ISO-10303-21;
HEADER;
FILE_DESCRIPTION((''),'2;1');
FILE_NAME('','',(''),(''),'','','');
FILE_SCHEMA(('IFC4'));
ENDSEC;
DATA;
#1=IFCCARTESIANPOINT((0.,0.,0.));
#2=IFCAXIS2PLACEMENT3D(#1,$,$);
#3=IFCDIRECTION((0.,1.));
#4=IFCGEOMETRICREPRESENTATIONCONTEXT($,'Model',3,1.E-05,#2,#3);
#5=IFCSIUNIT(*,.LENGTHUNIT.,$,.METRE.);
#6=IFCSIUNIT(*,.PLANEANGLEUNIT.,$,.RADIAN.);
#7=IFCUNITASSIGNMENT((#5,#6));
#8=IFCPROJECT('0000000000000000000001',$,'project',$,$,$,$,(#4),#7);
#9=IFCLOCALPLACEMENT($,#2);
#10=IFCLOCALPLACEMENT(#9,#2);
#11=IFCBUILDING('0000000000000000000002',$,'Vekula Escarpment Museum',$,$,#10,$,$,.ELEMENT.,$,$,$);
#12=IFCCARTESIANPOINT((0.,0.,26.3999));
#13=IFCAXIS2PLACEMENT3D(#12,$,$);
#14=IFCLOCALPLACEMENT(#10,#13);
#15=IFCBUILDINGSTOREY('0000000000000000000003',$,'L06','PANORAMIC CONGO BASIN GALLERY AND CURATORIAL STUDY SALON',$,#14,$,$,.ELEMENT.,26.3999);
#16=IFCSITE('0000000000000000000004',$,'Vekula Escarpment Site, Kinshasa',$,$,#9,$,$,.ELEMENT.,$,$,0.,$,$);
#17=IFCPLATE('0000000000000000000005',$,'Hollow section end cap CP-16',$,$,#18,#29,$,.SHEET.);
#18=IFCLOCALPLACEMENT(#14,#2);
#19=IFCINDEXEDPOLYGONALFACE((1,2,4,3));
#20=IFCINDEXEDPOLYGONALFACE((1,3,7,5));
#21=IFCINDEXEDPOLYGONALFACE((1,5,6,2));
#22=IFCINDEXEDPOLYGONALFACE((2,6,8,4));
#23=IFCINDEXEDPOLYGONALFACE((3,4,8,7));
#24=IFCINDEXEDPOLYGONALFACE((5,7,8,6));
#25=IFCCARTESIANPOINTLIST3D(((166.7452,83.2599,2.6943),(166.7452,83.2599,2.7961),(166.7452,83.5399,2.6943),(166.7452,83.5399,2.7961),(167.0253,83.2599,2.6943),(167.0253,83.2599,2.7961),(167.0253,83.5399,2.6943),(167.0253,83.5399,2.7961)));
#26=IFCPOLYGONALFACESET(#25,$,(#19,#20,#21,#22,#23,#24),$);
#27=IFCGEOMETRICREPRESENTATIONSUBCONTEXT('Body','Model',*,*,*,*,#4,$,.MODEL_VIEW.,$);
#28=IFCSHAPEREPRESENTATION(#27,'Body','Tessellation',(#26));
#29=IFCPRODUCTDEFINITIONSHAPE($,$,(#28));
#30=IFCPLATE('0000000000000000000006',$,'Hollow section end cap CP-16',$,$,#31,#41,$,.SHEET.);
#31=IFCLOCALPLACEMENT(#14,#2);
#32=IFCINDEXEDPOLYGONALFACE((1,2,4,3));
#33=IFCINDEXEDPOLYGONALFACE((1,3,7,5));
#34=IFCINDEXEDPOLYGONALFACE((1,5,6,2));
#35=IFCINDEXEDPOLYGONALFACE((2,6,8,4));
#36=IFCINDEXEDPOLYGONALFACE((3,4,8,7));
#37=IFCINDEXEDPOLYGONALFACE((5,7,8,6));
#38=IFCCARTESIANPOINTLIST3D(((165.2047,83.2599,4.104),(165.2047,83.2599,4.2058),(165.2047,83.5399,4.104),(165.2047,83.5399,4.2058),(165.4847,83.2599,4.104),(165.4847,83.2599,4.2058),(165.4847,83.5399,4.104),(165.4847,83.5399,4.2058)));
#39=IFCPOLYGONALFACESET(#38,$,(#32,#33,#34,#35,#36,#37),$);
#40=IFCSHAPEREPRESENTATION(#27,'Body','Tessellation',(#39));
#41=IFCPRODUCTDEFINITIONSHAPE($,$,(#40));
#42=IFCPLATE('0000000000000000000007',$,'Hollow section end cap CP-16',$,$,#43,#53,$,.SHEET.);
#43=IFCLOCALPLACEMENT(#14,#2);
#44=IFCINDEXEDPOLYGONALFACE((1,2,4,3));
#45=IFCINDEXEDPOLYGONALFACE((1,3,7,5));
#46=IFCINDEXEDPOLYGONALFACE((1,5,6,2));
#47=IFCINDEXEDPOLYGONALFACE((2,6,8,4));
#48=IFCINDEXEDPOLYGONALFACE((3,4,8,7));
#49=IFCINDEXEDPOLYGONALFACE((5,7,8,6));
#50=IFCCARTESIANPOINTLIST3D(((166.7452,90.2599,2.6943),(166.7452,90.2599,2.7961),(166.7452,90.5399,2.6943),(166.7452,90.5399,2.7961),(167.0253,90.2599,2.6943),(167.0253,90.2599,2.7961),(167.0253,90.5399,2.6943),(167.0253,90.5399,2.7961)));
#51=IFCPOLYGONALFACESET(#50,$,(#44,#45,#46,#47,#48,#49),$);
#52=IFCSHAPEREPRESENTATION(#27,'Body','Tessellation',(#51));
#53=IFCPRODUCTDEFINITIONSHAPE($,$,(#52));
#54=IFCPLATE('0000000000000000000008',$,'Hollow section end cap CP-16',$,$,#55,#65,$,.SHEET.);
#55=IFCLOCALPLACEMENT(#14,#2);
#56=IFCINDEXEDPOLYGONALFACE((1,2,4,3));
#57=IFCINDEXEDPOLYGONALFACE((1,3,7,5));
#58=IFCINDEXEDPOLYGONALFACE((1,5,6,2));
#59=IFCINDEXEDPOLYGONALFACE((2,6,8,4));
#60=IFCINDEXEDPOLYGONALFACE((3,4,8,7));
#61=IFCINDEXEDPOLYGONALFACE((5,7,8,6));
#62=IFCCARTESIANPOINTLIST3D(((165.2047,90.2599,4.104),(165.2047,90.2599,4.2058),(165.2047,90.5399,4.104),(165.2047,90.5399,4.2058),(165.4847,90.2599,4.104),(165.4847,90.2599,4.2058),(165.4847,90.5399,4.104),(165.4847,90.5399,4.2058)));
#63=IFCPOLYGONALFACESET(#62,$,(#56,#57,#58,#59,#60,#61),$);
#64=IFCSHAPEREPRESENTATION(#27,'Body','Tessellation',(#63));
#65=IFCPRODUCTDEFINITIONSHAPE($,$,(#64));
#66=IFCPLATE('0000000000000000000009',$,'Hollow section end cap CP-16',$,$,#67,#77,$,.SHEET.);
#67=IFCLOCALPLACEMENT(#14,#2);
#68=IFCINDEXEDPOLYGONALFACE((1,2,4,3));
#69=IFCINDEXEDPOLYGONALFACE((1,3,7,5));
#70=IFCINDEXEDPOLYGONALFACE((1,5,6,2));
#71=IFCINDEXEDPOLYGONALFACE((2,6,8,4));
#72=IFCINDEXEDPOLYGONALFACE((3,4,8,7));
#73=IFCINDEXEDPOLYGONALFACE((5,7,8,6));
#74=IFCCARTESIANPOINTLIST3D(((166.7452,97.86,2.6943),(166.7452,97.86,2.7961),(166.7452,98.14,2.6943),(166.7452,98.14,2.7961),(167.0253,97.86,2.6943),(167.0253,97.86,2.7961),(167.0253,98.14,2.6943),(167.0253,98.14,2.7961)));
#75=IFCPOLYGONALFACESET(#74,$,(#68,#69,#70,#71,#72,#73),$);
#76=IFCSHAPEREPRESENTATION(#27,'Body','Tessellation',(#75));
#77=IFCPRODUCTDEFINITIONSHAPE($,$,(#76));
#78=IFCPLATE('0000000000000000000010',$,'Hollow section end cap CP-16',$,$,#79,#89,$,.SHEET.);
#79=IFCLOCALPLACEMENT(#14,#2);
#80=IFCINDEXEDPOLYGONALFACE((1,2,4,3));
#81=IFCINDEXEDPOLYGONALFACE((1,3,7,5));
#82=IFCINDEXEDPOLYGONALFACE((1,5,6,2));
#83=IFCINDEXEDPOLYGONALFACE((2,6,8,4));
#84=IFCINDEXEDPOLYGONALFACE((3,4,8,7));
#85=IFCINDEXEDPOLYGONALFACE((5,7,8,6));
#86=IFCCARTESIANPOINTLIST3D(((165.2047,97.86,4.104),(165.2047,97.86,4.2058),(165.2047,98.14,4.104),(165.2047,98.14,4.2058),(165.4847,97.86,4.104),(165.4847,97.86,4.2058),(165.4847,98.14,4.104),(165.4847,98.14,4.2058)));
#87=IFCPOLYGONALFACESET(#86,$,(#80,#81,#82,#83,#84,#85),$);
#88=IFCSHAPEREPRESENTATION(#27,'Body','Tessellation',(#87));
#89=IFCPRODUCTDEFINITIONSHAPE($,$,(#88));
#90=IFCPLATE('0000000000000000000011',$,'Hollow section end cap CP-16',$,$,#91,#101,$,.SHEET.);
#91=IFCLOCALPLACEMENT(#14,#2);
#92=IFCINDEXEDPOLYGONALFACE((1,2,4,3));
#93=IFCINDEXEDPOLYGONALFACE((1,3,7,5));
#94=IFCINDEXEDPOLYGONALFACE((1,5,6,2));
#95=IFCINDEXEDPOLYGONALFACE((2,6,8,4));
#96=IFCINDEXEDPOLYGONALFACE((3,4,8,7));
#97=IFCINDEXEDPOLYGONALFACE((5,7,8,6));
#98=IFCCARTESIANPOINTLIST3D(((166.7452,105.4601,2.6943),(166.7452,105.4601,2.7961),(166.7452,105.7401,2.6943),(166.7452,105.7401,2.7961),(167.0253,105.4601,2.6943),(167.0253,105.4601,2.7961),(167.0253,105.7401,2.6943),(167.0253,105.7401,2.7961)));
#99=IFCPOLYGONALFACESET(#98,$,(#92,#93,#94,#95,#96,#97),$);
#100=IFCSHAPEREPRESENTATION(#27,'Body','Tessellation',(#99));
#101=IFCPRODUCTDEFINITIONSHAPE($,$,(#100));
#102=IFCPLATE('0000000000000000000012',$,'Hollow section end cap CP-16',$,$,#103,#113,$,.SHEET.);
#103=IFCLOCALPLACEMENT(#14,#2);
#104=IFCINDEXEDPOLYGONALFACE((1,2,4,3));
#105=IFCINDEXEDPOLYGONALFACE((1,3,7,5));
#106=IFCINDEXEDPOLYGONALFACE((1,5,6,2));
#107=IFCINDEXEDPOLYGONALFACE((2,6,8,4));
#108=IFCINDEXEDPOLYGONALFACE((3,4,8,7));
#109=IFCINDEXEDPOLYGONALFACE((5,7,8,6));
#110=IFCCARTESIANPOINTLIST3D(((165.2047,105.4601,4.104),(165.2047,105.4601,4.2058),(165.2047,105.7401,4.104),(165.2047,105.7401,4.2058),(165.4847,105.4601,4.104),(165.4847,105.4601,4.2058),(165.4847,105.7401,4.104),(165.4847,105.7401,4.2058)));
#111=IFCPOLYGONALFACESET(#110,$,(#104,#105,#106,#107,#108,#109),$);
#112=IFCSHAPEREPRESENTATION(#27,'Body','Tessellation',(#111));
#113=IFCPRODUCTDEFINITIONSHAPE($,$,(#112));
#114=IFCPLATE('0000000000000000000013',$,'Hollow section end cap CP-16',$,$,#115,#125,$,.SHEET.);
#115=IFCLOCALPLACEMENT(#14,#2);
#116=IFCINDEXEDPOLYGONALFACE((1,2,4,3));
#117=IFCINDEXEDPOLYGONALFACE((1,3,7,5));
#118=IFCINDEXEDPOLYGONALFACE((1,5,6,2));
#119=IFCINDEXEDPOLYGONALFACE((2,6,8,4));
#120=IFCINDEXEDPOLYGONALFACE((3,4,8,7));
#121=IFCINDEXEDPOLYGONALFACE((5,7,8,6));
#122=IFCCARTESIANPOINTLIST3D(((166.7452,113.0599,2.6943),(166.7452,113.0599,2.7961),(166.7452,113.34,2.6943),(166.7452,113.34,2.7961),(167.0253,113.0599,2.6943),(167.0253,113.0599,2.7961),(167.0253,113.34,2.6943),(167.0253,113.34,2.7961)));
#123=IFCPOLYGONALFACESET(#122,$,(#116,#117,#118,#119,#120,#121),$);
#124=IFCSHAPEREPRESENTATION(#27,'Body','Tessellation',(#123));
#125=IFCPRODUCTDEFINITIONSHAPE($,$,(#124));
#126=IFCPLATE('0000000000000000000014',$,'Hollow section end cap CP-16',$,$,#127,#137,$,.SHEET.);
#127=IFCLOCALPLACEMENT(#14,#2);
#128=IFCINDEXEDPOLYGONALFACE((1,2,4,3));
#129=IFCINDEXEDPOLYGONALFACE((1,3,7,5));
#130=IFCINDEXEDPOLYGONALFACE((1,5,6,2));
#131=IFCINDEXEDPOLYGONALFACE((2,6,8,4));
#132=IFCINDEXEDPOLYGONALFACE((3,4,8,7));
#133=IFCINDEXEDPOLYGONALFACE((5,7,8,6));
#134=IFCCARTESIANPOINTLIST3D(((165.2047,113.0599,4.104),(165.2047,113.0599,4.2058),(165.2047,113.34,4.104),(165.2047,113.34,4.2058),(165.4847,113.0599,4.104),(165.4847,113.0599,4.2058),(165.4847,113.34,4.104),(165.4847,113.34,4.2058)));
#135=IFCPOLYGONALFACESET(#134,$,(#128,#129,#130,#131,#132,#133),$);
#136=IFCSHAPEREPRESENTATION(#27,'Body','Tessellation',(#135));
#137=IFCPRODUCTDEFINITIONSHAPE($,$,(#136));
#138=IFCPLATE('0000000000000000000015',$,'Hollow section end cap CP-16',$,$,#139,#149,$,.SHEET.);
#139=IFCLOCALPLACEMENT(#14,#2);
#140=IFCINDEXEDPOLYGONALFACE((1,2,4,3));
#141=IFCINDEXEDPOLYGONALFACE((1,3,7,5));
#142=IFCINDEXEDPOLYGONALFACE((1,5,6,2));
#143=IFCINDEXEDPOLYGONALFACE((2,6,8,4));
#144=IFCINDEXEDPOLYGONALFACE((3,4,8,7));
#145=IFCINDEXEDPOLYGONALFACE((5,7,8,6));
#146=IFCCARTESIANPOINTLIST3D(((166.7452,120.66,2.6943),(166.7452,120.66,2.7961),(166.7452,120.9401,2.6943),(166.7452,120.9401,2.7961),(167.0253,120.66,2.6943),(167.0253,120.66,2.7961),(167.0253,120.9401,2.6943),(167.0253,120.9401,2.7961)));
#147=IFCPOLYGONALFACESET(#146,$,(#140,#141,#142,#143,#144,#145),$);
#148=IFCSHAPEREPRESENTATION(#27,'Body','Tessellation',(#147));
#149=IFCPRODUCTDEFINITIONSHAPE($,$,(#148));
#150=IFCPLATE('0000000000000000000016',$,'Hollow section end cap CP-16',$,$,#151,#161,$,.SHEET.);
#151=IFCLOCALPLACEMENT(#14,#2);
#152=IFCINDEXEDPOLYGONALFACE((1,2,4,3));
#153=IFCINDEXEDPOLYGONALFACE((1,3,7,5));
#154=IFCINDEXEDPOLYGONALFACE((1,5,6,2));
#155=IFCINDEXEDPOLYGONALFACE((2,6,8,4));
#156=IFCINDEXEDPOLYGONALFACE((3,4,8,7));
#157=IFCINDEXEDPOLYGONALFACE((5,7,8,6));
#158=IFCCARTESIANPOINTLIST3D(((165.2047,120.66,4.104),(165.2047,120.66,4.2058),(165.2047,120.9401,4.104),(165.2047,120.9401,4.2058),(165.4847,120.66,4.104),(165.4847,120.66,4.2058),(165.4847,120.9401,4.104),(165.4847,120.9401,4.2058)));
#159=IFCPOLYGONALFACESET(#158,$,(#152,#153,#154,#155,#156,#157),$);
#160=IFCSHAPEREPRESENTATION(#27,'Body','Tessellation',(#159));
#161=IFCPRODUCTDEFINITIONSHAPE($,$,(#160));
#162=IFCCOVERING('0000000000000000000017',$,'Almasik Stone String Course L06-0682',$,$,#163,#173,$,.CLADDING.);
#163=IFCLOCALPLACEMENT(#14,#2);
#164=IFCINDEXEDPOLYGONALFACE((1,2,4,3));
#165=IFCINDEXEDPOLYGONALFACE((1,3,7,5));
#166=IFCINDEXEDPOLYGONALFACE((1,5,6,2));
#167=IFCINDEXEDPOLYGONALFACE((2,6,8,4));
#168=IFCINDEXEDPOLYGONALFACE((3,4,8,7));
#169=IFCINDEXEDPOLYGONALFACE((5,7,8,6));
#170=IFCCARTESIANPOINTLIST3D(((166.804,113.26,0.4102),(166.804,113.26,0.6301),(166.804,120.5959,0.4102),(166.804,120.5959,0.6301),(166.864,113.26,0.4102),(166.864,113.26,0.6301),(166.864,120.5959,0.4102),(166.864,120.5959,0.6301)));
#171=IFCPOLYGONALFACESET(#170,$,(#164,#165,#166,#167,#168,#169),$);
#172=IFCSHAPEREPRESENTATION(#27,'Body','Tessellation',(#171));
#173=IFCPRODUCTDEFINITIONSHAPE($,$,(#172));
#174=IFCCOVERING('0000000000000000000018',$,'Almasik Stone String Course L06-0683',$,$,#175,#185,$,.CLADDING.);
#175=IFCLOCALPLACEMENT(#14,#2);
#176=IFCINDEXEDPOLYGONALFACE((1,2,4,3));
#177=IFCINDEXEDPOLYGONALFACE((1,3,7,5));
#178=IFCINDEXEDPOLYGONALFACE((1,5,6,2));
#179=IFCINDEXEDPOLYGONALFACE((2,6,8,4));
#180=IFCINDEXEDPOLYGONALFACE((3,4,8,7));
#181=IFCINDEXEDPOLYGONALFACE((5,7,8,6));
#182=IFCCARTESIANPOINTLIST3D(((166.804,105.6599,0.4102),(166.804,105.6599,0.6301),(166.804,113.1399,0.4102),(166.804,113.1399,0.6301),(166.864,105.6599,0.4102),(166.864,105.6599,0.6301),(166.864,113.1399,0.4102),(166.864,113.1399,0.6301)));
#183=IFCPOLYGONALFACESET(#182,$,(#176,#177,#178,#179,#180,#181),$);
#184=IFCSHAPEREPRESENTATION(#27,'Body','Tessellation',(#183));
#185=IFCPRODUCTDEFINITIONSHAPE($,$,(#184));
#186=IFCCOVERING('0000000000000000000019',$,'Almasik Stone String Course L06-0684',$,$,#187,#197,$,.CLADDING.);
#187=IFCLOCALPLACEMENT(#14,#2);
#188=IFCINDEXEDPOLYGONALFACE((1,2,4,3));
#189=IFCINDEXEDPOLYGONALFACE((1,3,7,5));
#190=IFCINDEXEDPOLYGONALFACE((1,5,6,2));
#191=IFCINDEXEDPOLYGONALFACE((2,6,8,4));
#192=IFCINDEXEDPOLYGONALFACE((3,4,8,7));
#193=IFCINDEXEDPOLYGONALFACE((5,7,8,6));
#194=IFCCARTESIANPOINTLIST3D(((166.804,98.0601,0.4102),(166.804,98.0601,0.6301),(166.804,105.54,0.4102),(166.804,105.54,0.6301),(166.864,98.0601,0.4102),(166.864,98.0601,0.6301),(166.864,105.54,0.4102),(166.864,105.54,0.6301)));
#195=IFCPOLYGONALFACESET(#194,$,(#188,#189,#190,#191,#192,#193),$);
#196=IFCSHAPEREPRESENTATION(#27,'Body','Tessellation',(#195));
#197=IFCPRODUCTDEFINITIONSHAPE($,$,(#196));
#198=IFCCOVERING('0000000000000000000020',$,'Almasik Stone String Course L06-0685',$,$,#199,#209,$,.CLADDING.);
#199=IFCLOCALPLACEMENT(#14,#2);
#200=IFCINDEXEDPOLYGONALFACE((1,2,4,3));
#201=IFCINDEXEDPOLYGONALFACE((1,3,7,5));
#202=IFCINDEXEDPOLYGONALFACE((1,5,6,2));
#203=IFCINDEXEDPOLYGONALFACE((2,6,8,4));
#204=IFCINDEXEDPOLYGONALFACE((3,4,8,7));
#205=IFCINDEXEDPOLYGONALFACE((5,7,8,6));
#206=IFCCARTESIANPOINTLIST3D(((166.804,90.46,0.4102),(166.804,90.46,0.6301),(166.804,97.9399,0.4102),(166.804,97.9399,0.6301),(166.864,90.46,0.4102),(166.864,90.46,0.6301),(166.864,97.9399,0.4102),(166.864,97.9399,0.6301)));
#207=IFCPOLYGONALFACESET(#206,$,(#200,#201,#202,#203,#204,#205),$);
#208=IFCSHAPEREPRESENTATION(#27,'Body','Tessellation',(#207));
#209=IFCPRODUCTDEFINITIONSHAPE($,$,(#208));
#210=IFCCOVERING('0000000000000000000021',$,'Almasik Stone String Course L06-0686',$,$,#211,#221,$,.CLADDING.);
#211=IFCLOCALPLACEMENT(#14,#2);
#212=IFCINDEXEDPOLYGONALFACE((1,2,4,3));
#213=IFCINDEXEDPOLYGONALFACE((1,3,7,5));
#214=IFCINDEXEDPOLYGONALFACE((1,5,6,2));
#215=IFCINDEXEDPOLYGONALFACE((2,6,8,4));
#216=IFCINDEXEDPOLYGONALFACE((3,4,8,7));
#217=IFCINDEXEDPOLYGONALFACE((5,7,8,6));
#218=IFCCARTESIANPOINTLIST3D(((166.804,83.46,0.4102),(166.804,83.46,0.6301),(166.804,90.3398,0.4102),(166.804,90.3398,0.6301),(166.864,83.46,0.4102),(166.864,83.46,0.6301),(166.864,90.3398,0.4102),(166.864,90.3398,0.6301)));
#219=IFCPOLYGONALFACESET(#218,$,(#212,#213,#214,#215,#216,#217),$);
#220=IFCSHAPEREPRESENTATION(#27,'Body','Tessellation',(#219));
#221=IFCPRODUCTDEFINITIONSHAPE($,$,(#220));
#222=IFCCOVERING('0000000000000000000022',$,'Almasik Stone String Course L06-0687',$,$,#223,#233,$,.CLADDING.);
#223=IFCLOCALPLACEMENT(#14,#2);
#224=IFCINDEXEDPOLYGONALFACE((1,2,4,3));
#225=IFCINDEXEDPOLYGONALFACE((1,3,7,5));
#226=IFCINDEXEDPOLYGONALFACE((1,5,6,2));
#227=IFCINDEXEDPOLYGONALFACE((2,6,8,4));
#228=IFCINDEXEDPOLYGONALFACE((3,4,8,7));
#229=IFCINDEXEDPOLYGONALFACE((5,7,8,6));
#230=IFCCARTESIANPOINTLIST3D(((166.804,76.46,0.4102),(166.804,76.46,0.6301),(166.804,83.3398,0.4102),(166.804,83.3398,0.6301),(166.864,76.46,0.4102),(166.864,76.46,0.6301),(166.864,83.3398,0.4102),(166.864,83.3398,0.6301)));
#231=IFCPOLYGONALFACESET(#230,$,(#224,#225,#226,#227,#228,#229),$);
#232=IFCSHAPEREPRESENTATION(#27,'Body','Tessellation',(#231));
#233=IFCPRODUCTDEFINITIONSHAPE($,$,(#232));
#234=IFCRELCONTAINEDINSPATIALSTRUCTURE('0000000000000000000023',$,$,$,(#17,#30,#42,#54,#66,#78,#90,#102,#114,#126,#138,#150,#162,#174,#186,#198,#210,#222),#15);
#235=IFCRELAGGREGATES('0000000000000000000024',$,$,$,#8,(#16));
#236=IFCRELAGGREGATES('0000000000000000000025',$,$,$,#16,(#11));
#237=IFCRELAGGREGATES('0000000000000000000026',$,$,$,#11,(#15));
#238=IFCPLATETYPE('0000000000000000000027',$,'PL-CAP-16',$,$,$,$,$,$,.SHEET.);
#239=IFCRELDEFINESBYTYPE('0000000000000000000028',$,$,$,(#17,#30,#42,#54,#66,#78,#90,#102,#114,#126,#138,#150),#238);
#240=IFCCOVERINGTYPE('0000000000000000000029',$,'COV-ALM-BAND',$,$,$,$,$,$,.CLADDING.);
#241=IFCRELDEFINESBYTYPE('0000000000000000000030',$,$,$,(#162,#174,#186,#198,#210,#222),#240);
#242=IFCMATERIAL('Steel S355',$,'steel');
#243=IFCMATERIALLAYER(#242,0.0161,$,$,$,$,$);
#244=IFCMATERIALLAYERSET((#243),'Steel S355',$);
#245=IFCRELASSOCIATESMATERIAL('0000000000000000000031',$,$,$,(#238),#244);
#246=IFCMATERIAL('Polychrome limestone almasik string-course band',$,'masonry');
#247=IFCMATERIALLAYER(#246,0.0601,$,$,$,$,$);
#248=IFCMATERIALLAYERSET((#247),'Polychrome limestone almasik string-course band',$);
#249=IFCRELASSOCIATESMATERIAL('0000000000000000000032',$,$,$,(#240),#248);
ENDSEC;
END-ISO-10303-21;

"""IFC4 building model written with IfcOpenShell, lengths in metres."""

from ifc_helpers import new_model, si_unit, direction, frame, origin, origin_2d, place, context, subcontext, project, spatial, rectangle, extrude, material, layer, layer_set, type_object, element, save


model = new_model("IFC4")

# Units and contexts
model_context = context("Model", 3, precision=1e-05, world=origin(), true_north=direction((0.0, 1.0)))
body_context = subcontext(model_context, "Body", "Model", "MODEL_VIEW")
ifc_project = project(units=[si_unit("LENGTHUNIT", "METRE"), si_unit("PLANEANGLEUNIT", "RADIAN")], contexts=[model_context])

# Site, building, storey
site_placement = place(None, origin())
site = spatial("IfcSite", under=ifc_project, at=site_placement, Name="Vekula Escarpment Site, Kinshasa", CompositionType="ELEMENT", RefElevation=0.0)
building_placement = place(site_placement, origin())
building = spatial("IfcBuilding", under=site, at=building_placement, Name="Vekula Escarpment Museum", CompositionType="ELEMENT")
storey_placement = place(building_placement, frame((0.0, 0.0, 26.3999)))
storey = spatial("IfcBuildingStorey", under=building, at=storey_placement, Name="L06", Description="PANORAMIC CONGO BASIN GALLERY AND CURATORIAL STUDY SALON", CompositionType="ELEMENT", Elevation=26.3999)

# Plates
ifc_material_1 = material(Name="Steel S355", Category="steel")
ifc_layer_1 = layer(ifc_material_1, 0.0161)
ifc_layer_set_1 = layer_set([ifc_layer_1], Name="Steel S355")
plate_type = type_object("IfcPlateType", Name="PL-CAP-16", PredefinedType="SHEET", material=ifc_layer_set_1)
for number, where, z_axis, x_axis, name in (
    (1, (166.8853, 83.3999, 2.6943), (0.0, 0.0, 1.0), (1.0, 0.0, 0.0), "Hollow section end cap CP-16"),
    (2, (165.3447, 83.3999, 4.104), (0.0, 0.0, 1.0), (1.0, 0.0, 0.0), "Hollow section end cap CP-16"),
    (3, (166.8853, 90.3999, 2.6943), (0.0, 0.0, 1.0), (1.0, 0.0, 0.0), "Hollow section end cap CP-16"),
    (4, (165.3447, 90.3999, 4.104), (0.0, 0.0, 1.0), (1.0, 0.0, 0.0), "Hollow section end cap CP-16"),
    (5, (166.8853, 98.0, 2.6943), (0.0, 0.0, 1.0), (1.0, 0.0, 0.0), "Hollow section end cap CP-16"),
    (6, (165.3447, 98.0, 4.104), (0.0, 0.0, 1.0), (1.0, 0.0, 0.0), "Hollow section end cap CP-16"),
    (7, (166.8853, 105.6001, 2.6943), (0.0, 0.0, 1.0), (1.0, 0.0, 0.0), "Hollow section end cap CP-16"),
    (8, (165.3447, 105.6001, 4.104), (0.0, 0.0, 1.0), (1.0, 0.0, 0.0), "Hollow section end cap CP-16"),
    (9, (166.8853, 113.2, 2.6943), (0.0, 0.0, 1.0), (1.0, 0.0, 0.0), "Hollow section end cap CP-16"),
    (10, (165.3447, 113.2, 4.104), (0.0, 0.0, 1.0), (1.0, 0.0, 0.0), "Hollow section end cap CP-16"),
    (11, (166.8853, 120.8, 2.6943), (0.0, 0.0, 1.0), (1.0, 0.0, 0.0), "Hollow section end cap CP-16"),
    (12, (165.3447, 120.8, 4.104), (0.0, 0.0, 1.0), (1.0, 0.0, 0.0), "Hollow section end cap CP-16"),
):
    element("IfcPlate", number, at=place(storey_placement, frame(where, z_axis=z_axis, x_axis=x_axis)), inside=storey, type_object=plate_type, Name=name, PredefinedType="SHEET", context=body_context, shape_type="SweptSolid", body=[
        extrude(rectangle(XDim=0.28, YDim=0.28, at=origin_2d()), origin(), (0.0, 0.0, 1.0), 0.1018),
    ])

# Coverings
ifc_material_2 = material(Name="Polychrome limestone almasik string-course band", Category="masonry")
ifc_layer_2 = layer(ifc_material_2, 0.0601)
ifc_layer_set_2 = layer_set([ifc_layer_2], Name="Polychrome limestone almasik string-course band")
covering_type = type_object("IfcCoveringType", Name="COV-ALM-BAND", PredefinedType="CLADDING", material=ifc_layer_set_2)
covering_placement = place(storey_placement, frame((166.834, 116.928, 0.4102), z_axis=(0.0, 0.0, 1.0), x_axis=(0.0, 1.0, 0.0)))
element("IfcCovering", 13, at=covering_placement, inside=storey, type_object=covering_type, Name="Almasik Stone String Course L06-0682", PredefinedType="CLADDING", context=body_context, shape_type="SweptSolid", body=[
    extrude(rectangle(XDim=7.3359, YDim=0.0601, at=origin_2d()), origin(), (0.0, 0.0, 1.0), 0.22),
])
for number, where, z_axis, x_axis, name in (
    (14, (166.834, 109.3999, 0.4102), (0.0, 0.0, 1.0), (0.0, 1.0, 0.0), "Almasik Stone String Course L06-0683"),
    (15, (166.834, 101.8, 0.4102), (0.0, 0.0, 1.0), (0.0, 1.0, 0.0), "Almasik Stone String Course L06-0684"),
    (16, (166.834, 94.2, 0.4102), (0.0, 0.0, 1.0), (0.0, 1.0, 0.0), "Almasik Stone String Course L06-0685"),
):
    element("IfcCovering", number, at=place(storey_placement, frame(where, z_axis=z_axis, x_axis=x_axis)), inside=storey, type_object=covering_type, Name=name, PredefinedType="CLADDING", context=body_context, shape_type="SweptSolid", body=[
        extrude(rectangle(XDim=7.48, YDim=0.0601, at=origin_2d()), origin(), (0.0, 0.0, 1.0), 0.22),
    ])
for number, where, z_axis, x_axis, name in (
    (17, (166.834, 86.8999, 0.4102), (0.0, 0.0, 1.0), (0.0, 1.0, 0.0), "Almasik Stone String Course L06-0686"),
    (18, (166.834, 79.8999, 0.4102), (0.0, 0.0, 1.0), (0.0, 1.0, 0.0), "Almasik Stone String Course L06-0687"),
):
    element("IfcCovering", number, at=place(storey_placement, frame(where, z_axis=z_axis, x_axis=x_axis)), inside=storey, type_object=covering_type, Name=name, PredefinedType="CLADDING", context=body_context, shape_type="SweptSolid", body=[
        extrude(rectangle(XDim=6.8799, YDim=0.0601, at=origin_2d()), origin(), (0.0, 0.0, 1.0), 0.22),
    ])

save(model, "model.ifc")
